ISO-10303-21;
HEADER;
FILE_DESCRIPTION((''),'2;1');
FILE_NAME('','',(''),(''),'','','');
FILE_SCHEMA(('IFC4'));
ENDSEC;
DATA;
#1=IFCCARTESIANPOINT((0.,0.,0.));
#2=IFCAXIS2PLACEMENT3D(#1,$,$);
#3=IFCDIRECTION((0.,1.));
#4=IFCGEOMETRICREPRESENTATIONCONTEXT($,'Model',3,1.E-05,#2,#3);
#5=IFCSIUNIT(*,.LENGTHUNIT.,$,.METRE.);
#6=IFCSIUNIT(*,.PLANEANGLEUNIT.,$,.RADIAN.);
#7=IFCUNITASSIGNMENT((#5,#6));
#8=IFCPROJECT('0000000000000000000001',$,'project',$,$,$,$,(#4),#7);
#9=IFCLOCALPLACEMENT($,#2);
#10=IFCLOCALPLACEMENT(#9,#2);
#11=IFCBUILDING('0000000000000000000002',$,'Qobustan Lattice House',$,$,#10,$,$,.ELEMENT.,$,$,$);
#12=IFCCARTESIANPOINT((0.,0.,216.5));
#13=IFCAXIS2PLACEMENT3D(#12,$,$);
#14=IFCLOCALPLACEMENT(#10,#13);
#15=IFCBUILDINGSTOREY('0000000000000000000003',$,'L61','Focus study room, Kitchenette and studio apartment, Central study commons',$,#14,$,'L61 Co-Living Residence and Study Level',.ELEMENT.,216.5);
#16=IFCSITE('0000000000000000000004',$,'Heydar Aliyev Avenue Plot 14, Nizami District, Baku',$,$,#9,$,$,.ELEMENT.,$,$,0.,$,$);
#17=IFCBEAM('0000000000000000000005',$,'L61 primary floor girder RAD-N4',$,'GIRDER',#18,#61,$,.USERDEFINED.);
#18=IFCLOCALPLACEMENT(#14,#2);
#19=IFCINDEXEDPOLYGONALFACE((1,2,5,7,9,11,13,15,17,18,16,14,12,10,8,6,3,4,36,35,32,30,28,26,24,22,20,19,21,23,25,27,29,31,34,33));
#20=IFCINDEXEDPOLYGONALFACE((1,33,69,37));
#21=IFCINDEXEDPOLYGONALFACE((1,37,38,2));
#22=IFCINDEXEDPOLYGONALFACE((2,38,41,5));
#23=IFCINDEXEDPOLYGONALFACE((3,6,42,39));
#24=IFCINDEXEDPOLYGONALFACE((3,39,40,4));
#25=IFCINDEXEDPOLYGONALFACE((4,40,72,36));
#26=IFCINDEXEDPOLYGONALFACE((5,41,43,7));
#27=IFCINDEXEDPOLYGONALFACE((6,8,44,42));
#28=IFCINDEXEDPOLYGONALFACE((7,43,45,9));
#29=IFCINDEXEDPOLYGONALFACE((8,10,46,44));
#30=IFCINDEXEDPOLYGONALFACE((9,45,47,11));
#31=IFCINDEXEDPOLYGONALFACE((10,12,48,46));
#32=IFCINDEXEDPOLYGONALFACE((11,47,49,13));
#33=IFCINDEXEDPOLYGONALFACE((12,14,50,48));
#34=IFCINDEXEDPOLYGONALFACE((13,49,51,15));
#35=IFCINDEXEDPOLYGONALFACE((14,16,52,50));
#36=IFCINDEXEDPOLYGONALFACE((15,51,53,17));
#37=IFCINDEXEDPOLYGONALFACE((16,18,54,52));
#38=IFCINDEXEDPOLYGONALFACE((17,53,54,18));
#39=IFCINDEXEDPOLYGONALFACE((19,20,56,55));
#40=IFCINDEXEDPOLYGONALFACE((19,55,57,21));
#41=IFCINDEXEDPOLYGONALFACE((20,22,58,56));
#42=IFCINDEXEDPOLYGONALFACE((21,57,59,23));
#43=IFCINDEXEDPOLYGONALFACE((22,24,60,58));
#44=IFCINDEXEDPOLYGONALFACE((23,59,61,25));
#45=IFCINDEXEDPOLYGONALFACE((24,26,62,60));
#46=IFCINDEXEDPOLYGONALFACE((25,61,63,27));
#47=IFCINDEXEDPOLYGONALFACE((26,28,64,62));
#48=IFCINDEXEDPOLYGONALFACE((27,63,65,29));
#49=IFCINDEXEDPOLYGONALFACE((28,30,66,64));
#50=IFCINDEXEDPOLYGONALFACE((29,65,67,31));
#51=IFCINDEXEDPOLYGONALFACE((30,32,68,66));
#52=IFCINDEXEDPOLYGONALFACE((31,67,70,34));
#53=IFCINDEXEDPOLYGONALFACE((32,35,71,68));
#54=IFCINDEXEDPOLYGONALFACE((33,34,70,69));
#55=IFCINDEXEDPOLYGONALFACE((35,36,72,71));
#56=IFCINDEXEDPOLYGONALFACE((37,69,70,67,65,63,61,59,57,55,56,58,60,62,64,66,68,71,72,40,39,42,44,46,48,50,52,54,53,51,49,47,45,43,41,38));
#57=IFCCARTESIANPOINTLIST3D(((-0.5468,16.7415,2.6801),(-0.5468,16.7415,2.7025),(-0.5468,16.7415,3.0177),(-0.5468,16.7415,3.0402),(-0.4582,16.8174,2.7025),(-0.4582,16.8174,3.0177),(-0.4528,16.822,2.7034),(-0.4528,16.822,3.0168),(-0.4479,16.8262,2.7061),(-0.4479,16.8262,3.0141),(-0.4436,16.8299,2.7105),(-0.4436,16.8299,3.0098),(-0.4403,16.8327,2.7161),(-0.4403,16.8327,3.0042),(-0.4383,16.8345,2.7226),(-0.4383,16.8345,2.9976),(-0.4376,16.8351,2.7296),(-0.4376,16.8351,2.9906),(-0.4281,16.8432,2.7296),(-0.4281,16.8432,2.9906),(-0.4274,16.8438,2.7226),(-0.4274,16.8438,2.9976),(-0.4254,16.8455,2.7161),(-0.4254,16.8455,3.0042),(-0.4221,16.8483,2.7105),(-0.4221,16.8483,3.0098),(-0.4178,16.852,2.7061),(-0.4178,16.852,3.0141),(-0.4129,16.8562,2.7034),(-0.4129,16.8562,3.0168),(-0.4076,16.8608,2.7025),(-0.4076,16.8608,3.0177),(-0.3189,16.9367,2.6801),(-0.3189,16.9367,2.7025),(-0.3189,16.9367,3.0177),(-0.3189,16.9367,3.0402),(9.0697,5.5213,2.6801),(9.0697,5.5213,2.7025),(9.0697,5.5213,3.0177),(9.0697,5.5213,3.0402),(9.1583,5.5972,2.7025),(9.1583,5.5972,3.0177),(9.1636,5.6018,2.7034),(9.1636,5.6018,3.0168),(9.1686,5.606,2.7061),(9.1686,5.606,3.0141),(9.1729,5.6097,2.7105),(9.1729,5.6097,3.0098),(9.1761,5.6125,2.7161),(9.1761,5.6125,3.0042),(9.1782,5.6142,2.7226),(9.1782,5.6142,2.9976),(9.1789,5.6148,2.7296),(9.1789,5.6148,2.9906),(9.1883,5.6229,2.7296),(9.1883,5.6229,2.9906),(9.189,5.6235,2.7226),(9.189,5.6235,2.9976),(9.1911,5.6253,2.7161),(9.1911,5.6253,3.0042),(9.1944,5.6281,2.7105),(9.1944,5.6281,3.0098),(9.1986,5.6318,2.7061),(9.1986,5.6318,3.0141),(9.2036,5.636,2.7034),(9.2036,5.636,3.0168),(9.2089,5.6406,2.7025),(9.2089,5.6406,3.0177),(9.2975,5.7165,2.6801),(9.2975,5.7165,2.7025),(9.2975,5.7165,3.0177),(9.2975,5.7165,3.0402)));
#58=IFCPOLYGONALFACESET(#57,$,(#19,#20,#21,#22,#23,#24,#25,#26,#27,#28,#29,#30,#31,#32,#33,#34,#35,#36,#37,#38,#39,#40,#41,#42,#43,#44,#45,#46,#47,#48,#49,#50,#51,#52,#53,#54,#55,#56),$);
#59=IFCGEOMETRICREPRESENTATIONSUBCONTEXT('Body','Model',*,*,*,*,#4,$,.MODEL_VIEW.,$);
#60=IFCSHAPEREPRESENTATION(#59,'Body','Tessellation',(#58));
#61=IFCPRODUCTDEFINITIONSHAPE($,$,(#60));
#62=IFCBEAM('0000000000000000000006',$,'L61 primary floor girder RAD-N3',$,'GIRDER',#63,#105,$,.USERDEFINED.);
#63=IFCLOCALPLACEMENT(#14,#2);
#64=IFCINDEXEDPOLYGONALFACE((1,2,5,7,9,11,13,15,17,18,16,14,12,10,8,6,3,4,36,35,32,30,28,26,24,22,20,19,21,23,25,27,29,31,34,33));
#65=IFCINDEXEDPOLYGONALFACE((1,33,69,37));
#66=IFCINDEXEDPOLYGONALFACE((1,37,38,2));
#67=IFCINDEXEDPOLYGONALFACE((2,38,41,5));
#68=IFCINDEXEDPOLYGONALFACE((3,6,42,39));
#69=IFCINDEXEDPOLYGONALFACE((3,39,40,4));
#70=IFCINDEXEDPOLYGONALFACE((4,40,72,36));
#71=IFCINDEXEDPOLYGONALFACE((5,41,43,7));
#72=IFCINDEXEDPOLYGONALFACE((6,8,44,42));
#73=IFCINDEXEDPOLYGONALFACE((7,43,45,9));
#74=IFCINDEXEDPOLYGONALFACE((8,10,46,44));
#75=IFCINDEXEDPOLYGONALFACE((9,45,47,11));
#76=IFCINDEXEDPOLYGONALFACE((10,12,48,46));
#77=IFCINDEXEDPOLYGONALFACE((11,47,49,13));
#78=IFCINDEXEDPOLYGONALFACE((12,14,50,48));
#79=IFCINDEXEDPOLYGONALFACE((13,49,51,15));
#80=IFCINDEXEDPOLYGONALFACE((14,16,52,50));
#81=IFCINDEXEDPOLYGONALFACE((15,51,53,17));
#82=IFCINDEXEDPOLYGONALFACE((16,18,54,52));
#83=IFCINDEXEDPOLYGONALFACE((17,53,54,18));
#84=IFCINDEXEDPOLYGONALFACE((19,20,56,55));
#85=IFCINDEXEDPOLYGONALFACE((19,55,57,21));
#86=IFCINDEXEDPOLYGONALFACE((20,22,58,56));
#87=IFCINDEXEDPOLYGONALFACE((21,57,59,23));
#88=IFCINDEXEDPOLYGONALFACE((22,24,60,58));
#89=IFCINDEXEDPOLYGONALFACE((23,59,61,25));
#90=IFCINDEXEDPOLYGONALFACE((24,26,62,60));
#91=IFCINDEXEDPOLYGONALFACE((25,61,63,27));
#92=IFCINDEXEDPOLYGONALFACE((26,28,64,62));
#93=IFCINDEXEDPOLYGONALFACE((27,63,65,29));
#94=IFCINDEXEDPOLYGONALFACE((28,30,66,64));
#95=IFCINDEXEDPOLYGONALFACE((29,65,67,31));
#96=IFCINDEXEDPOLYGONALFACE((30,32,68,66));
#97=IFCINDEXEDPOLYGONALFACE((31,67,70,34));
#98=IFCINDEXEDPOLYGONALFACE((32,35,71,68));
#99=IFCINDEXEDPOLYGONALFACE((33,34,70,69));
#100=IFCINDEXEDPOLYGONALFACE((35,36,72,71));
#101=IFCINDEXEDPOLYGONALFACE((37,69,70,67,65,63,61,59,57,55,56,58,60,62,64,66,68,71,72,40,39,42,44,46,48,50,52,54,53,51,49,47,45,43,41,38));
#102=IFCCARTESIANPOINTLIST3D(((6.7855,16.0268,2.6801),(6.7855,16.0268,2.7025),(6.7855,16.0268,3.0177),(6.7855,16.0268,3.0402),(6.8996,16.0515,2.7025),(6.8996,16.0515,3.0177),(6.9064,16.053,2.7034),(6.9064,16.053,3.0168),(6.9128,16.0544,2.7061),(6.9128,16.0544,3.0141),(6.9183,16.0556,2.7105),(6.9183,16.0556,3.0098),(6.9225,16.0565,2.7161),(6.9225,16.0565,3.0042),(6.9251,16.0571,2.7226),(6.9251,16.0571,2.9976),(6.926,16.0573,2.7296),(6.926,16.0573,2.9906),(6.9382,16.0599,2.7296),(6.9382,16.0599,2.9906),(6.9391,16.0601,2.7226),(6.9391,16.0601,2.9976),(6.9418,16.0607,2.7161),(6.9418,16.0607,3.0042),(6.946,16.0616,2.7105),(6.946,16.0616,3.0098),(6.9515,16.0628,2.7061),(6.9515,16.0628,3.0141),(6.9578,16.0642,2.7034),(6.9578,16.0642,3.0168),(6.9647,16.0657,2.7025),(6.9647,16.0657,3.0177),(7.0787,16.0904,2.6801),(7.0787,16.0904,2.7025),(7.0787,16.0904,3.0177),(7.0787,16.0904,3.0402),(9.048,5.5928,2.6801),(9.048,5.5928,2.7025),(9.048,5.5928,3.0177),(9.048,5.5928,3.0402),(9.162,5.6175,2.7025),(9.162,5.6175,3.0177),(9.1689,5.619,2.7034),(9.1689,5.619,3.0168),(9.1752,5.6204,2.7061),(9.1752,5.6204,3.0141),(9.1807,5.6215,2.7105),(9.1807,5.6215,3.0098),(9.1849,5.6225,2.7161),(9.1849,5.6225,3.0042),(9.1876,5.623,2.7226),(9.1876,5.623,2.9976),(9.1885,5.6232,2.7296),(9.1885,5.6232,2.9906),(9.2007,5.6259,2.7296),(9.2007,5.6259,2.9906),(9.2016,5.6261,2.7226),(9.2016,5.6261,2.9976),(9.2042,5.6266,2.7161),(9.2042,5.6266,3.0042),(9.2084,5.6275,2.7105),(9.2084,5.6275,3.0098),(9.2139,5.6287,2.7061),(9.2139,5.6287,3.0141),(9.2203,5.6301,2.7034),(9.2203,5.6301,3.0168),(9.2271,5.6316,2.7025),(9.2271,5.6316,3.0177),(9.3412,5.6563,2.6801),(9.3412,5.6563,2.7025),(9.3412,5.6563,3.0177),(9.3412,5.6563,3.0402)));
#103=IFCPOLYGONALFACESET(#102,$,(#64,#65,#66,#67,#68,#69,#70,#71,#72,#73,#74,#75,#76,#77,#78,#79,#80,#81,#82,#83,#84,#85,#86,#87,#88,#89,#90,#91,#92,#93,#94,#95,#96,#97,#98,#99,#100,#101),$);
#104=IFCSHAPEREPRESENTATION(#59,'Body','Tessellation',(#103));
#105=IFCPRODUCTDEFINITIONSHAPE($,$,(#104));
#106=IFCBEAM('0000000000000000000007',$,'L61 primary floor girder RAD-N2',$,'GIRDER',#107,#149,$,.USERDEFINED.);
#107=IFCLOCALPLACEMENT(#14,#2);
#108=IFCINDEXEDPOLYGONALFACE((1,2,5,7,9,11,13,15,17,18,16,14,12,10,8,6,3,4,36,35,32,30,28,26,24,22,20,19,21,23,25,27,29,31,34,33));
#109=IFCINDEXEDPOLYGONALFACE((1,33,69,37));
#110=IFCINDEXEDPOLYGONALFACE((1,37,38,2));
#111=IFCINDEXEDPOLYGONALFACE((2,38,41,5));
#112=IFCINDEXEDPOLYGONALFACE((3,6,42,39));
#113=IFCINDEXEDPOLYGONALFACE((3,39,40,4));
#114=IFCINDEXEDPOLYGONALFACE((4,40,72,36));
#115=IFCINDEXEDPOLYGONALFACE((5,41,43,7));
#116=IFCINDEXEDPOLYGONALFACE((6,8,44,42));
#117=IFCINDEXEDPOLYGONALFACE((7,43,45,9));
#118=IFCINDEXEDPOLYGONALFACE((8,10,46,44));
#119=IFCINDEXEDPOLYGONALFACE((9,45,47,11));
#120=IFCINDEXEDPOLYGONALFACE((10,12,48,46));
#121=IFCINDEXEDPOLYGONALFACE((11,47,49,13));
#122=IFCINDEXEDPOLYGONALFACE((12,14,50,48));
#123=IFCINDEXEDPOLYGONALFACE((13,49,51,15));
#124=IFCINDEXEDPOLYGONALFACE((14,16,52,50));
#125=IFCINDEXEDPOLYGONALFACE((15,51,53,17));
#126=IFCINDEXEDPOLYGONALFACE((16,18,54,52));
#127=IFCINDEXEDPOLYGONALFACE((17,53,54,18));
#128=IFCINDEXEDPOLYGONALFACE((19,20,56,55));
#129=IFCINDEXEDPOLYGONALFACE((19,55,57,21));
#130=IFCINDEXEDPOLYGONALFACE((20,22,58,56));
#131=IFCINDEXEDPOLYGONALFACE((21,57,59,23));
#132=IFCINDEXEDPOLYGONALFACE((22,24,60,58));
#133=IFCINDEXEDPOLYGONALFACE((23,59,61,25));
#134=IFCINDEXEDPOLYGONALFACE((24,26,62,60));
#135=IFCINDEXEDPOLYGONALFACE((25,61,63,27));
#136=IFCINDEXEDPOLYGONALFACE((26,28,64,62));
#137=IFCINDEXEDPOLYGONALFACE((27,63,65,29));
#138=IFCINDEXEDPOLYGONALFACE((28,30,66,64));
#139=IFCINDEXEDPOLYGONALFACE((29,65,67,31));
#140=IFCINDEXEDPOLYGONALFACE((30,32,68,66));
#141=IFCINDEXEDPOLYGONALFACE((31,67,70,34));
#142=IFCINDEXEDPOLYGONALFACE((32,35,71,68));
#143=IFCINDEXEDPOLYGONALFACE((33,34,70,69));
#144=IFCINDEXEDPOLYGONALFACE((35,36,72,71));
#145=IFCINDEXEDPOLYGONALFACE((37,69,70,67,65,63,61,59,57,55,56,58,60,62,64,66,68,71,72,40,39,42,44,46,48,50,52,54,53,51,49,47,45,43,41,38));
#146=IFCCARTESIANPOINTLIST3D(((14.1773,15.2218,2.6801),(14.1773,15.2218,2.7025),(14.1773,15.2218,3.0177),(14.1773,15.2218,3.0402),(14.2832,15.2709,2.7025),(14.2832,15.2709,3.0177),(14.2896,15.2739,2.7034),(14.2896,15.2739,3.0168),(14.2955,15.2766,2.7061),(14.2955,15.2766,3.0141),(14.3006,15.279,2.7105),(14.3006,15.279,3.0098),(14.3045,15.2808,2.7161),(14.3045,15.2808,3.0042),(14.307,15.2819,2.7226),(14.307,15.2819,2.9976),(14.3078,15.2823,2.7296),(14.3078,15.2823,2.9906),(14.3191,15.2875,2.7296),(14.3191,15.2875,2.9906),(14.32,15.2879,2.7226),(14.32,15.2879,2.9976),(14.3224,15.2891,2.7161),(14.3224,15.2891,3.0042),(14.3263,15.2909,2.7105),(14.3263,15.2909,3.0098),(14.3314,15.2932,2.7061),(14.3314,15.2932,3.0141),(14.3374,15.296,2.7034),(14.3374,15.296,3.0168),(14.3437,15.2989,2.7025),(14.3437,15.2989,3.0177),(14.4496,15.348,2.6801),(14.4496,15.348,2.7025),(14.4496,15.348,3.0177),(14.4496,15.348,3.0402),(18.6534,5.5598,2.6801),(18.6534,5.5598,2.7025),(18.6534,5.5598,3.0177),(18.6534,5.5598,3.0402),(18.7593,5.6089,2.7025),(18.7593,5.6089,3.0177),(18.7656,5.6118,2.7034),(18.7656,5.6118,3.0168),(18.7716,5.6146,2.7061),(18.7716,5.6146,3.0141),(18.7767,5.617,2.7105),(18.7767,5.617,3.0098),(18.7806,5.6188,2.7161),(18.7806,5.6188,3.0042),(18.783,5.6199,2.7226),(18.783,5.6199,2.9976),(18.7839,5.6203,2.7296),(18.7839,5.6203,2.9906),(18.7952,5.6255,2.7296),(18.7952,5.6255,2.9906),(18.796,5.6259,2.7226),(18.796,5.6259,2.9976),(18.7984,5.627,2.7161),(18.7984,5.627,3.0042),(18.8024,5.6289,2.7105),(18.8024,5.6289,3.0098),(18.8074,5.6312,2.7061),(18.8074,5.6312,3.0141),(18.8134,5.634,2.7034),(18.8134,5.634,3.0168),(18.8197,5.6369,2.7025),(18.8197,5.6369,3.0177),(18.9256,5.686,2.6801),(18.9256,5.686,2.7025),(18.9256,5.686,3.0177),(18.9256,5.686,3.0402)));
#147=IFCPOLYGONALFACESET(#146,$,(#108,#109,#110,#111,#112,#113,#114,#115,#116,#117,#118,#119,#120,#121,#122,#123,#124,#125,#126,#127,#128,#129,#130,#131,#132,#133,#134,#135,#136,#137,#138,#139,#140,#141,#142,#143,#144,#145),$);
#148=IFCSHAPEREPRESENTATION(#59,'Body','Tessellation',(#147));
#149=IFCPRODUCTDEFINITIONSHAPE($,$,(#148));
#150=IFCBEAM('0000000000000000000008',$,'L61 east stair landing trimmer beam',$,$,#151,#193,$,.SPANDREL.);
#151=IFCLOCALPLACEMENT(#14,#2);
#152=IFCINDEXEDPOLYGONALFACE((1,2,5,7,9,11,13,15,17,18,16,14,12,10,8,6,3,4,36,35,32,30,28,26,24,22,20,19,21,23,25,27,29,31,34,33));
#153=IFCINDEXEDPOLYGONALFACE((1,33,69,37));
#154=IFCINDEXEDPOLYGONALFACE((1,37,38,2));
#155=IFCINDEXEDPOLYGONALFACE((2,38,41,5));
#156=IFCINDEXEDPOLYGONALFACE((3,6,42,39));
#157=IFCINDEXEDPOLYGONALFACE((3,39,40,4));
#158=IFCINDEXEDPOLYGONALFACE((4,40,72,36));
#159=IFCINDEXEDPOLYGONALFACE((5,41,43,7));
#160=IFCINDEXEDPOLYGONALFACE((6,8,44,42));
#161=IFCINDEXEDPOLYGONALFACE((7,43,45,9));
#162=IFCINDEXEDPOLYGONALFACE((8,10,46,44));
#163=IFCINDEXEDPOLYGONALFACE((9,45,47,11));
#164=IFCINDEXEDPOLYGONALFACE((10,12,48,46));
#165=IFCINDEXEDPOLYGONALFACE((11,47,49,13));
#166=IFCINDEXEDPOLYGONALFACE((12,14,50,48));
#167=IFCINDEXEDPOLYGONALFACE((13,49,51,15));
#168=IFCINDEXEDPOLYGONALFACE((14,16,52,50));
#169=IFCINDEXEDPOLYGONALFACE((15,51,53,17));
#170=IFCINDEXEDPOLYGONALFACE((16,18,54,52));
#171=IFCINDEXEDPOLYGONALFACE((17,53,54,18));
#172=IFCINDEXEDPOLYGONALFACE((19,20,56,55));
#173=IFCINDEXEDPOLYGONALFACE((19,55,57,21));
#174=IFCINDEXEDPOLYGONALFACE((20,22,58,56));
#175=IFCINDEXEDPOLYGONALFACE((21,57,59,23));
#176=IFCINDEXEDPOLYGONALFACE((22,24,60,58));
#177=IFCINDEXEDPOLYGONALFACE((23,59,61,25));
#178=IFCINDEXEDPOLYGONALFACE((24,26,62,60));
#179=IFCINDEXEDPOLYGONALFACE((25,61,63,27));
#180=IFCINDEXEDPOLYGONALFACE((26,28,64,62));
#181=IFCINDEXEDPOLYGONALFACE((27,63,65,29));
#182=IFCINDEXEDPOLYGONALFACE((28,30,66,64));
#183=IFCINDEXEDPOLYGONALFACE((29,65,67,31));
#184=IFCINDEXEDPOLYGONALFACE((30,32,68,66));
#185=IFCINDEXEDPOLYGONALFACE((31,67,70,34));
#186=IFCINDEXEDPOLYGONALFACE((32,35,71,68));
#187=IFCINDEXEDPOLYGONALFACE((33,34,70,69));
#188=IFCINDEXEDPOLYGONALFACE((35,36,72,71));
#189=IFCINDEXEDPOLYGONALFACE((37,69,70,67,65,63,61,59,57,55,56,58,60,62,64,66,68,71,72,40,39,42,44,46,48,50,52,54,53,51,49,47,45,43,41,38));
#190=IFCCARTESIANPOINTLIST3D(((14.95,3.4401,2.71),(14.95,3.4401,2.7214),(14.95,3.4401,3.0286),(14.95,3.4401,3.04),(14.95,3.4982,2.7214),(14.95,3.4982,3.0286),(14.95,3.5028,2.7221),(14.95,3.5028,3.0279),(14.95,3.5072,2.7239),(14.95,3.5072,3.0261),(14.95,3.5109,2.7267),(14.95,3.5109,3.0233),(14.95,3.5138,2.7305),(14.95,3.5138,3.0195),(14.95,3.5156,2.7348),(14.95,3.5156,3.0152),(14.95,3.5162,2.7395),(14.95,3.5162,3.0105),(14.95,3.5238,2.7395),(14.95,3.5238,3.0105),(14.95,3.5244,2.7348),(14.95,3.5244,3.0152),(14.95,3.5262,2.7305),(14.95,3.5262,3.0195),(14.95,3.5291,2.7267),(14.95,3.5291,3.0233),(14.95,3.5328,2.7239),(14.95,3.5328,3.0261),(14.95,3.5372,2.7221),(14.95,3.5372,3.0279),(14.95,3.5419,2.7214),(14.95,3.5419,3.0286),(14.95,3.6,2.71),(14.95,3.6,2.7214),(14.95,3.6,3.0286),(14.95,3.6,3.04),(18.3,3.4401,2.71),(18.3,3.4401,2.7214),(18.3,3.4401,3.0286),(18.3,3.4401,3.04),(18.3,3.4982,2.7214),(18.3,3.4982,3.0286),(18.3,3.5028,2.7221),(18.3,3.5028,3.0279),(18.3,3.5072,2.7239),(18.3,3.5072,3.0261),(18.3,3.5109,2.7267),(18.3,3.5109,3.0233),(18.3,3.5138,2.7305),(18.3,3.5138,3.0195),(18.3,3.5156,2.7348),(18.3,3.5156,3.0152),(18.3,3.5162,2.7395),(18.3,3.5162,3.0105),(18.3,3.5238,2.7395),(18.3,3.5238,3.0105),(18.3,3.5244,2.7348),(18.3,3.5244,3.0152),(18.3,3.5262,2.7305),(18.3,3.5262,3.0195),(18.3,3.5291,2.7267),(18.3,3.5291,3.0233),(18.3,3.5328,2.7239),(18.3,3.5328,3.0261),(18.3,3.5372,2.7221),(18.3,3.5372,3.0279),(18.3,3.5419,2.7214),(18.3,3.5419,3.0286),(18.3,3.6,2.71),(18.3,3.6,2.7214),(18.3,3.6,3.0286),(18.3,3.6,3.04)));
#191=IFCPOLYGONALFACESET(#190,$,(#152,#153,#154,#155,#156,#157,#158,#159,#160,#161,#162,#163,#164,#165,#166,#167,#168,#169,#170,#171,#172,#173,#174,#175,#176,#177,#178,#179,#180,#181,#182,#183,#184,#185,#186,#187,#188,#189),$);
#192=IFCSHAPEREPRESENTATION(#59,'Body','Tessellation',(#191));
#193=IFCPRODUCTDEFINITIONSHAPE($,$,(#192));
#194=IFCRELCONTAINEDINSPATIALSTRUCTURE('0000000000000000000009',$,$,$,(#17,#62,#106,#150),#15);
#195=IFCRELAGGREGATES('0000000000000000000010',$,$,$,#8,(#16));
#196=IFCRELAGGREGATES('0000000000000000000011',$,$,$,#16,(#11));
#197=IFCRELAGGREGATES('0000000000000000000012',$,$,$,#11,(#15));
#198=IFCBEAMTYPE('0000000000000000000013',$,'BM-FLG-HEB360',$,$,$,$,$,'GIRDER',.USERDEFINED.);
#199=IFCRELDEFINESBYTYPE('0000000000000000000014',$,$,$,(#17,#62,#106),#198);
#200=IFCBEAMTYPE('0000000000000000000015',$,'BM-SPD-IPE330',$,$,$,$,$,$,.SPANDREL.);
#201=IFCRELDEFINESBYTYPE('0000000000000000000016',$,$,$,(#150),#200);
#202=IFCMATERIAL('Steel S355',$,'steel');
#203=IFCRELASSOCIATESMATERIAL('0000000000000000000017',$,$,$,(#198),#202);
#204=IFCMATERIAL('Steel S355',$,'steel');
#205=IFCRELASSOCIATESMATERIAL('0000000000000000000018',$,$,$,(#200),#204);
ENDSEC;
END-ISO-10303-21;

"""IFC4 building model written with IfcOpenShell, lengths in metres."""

from ifc_helpers import new_model, si_unit, direction, frame, origin, origin_2d, place, context, subcontext, project, spatial, i_section, extrude, material, material_profile, profile_set, type_object, element, save


model = new_model("IFC4")

# Units and contexts
model_context = context("Model", 3, precision=1e-05, world=origin(), true_north=direction((0.0, 1.0)))
body_context = subcontext(model_context, "Body", "Model", "MODEL_VIEW")
ifc_project = project(units=[si_unit("LENGTHUNIT", "METRE"), si_unit("PLANEANGLEUNIT", "RADIAN")], contexts=[model_context])

# Site, building, storey
site_placement = place(None, origin())
site = spatial("IfcSite", under=ifc_project, at=site_placement, Name="Heydar Aliyev Avenue Plot 14, Nizami District, Baku", CompositionType="ELEMENT", RefElevation=0.0)
building_placement = place(site_placement, origin())
building = spatial("IfcBuilding", under=site, at=building_placement, Name="Qobustan Lattice House", CompositionType="ELEMENT")
storey_placement = place(building_placement, frame((0.0, 0.0, 216.5)))
storey = spatial("IfcBuildingStorey", under=building, at=storey_placement, Name="L61", Description="Focus study room, Kitchenette and studio apartment, Central study commons", LongName="L61 Co-Living Residence and Study Level", CompositionType="ELEMENT", Elevation=216.5)

# Beams
ifc_material_1 = material(Name="Steel S355", Category="steel")
ifc_material_profile_1 = material_profile(ifc_material_1, i_section(OverallWidth=0.3, OverallDepth=0.3601, WebThickness=0.0125, FlangeThickness=0.0225, FilletRadius=0.0271, at=origin_2d()), Name="HEB360")
ifc_profile_set_1 = profile_set([ifc_material_profile_1], Name="Steel S355")
beam_type_1 = type_object("IfcBeamType", Name="BM-FLG-HEB360", ElementType="GIRDER", PredefinedType="USERDEFINED", material=ifc_profile_set_1)
beam_1_placement = place(storey_placement, frame((-0.4329, 16.8391, 2.8601), z_axis=(0.650757, -0.759286, 0.0), x_axis=(0.759286, 0.650757, 0.0)))
element("IfcBeam", 1, at=beam_1_placement, inside=storey, type_object=beam_type_1, Name="L61 primary floor girder RAD-N4", ObjectType="GIRDER", PredefinedType="USERDEFINED", context=body_context, shape_type="SweptSolid", body=[
    extrude(i_section(OverallWidth=0.3, OverallDepth=0.3601, WebThickness=0.0125, FlangeThickness=0.0225, FilletRadius=0.0271, at=origin_2d()), origin(), (0.0, 0.0, 1.0), 14.7773),
])
beam_2_placement = place(storey_placement, frame((6.9321, 16.0586, 2.8601), z_axis=(0.211908, -0.97729, 0.0), x_axis=(0.97729, 0.211908, 0.0)))
element("IfcBeam", 2, at=beam_2_placement, inside=storey, type_object=beam_type_1, Name="L61 primary floor girder RAD-N3", ObjectType="GIRDER", PredefinedType="USERDEFINED", context=body_context, shape_type="SweptSolid", body=[
    extrude(i_section(OverallWidth=0.3, OverallDepth=0.3601, WebThickness=0.0125, FlangeThickness=0.0225, FilletRadius=0.0271, at=origin_2d()), origin(), (0.0, 0.0, 1.0), 10.6765),
])
beam_3_placement = place(storey_placement, frame((14.3135, 15.2849, 2.8601), z_axis=(0.420346, -0.907364, 0.0), x_axis=(0.907364, 0.420346, 0.0)))
element("IfcBeam", 3, at=beam_3_placement, inside=storey, type_object=beam_type_1, Name="L61 primary floor girder RAD-N2", ObjectType="GIRDER", PredefinedType="USERDEFINED", context=body_context, shape_type="SweptSolid", body=[
    extrude(i_section(OverallWidth=0.3, OverallDepth=0.3601, WebThickness=0.0125, FlangeThickness=0.0225, FilletRadius=0.0271, at=origin_2d()), origin(), (0.0, 0.0, 1.0), 10.6484),
])
ifc_material_2 = material(Name="Steel S355", Category="steel")
ifc_material_profile_2 = material_profile(ifc_material_2, i_section(OverallWidth=0.1599, OverallDepth=0.3301, WebThickness=0.0076, FlangeThickness=0.0115, FilletRadius=0.0181, at=origin_2d()), Name="IPE330")
ifc_profile_set_2 = profile_set([ifc_material_profile_2], Name="Steel S355")
beam_type_2 = type_object("IfcBeamType", Name="BM-SPD-IPE330", PredefinedType="SPANDREL", material=ifc_profile_set_2)
beam_4_placement = place(storey_placement, frame((14.95, 3.52, 2.875), z_axis=(1.0, 0.0, 0.0), x_axis=(0.0, 1.0, 0.0)))
element("IfcBeam", 4, at=beam_4_placement, inside=storey, type_object=beam_type_2, Name="L61 east stair landing trimmer beam", PredefinedType="SPANDREL", context=body_context, shape_type="SweptSolid", body=[
    extrude(i_section(OverallWidth=0.1599, OverallDepth=0.3301, WebThickness=0.0076, FlangeThickness=0.0115, FilletRadius=0.0181, at=origin_2d()), origin(), (0.0, 0.0, 1.0), 3.3501),
])

save(model, "model.ifc")
